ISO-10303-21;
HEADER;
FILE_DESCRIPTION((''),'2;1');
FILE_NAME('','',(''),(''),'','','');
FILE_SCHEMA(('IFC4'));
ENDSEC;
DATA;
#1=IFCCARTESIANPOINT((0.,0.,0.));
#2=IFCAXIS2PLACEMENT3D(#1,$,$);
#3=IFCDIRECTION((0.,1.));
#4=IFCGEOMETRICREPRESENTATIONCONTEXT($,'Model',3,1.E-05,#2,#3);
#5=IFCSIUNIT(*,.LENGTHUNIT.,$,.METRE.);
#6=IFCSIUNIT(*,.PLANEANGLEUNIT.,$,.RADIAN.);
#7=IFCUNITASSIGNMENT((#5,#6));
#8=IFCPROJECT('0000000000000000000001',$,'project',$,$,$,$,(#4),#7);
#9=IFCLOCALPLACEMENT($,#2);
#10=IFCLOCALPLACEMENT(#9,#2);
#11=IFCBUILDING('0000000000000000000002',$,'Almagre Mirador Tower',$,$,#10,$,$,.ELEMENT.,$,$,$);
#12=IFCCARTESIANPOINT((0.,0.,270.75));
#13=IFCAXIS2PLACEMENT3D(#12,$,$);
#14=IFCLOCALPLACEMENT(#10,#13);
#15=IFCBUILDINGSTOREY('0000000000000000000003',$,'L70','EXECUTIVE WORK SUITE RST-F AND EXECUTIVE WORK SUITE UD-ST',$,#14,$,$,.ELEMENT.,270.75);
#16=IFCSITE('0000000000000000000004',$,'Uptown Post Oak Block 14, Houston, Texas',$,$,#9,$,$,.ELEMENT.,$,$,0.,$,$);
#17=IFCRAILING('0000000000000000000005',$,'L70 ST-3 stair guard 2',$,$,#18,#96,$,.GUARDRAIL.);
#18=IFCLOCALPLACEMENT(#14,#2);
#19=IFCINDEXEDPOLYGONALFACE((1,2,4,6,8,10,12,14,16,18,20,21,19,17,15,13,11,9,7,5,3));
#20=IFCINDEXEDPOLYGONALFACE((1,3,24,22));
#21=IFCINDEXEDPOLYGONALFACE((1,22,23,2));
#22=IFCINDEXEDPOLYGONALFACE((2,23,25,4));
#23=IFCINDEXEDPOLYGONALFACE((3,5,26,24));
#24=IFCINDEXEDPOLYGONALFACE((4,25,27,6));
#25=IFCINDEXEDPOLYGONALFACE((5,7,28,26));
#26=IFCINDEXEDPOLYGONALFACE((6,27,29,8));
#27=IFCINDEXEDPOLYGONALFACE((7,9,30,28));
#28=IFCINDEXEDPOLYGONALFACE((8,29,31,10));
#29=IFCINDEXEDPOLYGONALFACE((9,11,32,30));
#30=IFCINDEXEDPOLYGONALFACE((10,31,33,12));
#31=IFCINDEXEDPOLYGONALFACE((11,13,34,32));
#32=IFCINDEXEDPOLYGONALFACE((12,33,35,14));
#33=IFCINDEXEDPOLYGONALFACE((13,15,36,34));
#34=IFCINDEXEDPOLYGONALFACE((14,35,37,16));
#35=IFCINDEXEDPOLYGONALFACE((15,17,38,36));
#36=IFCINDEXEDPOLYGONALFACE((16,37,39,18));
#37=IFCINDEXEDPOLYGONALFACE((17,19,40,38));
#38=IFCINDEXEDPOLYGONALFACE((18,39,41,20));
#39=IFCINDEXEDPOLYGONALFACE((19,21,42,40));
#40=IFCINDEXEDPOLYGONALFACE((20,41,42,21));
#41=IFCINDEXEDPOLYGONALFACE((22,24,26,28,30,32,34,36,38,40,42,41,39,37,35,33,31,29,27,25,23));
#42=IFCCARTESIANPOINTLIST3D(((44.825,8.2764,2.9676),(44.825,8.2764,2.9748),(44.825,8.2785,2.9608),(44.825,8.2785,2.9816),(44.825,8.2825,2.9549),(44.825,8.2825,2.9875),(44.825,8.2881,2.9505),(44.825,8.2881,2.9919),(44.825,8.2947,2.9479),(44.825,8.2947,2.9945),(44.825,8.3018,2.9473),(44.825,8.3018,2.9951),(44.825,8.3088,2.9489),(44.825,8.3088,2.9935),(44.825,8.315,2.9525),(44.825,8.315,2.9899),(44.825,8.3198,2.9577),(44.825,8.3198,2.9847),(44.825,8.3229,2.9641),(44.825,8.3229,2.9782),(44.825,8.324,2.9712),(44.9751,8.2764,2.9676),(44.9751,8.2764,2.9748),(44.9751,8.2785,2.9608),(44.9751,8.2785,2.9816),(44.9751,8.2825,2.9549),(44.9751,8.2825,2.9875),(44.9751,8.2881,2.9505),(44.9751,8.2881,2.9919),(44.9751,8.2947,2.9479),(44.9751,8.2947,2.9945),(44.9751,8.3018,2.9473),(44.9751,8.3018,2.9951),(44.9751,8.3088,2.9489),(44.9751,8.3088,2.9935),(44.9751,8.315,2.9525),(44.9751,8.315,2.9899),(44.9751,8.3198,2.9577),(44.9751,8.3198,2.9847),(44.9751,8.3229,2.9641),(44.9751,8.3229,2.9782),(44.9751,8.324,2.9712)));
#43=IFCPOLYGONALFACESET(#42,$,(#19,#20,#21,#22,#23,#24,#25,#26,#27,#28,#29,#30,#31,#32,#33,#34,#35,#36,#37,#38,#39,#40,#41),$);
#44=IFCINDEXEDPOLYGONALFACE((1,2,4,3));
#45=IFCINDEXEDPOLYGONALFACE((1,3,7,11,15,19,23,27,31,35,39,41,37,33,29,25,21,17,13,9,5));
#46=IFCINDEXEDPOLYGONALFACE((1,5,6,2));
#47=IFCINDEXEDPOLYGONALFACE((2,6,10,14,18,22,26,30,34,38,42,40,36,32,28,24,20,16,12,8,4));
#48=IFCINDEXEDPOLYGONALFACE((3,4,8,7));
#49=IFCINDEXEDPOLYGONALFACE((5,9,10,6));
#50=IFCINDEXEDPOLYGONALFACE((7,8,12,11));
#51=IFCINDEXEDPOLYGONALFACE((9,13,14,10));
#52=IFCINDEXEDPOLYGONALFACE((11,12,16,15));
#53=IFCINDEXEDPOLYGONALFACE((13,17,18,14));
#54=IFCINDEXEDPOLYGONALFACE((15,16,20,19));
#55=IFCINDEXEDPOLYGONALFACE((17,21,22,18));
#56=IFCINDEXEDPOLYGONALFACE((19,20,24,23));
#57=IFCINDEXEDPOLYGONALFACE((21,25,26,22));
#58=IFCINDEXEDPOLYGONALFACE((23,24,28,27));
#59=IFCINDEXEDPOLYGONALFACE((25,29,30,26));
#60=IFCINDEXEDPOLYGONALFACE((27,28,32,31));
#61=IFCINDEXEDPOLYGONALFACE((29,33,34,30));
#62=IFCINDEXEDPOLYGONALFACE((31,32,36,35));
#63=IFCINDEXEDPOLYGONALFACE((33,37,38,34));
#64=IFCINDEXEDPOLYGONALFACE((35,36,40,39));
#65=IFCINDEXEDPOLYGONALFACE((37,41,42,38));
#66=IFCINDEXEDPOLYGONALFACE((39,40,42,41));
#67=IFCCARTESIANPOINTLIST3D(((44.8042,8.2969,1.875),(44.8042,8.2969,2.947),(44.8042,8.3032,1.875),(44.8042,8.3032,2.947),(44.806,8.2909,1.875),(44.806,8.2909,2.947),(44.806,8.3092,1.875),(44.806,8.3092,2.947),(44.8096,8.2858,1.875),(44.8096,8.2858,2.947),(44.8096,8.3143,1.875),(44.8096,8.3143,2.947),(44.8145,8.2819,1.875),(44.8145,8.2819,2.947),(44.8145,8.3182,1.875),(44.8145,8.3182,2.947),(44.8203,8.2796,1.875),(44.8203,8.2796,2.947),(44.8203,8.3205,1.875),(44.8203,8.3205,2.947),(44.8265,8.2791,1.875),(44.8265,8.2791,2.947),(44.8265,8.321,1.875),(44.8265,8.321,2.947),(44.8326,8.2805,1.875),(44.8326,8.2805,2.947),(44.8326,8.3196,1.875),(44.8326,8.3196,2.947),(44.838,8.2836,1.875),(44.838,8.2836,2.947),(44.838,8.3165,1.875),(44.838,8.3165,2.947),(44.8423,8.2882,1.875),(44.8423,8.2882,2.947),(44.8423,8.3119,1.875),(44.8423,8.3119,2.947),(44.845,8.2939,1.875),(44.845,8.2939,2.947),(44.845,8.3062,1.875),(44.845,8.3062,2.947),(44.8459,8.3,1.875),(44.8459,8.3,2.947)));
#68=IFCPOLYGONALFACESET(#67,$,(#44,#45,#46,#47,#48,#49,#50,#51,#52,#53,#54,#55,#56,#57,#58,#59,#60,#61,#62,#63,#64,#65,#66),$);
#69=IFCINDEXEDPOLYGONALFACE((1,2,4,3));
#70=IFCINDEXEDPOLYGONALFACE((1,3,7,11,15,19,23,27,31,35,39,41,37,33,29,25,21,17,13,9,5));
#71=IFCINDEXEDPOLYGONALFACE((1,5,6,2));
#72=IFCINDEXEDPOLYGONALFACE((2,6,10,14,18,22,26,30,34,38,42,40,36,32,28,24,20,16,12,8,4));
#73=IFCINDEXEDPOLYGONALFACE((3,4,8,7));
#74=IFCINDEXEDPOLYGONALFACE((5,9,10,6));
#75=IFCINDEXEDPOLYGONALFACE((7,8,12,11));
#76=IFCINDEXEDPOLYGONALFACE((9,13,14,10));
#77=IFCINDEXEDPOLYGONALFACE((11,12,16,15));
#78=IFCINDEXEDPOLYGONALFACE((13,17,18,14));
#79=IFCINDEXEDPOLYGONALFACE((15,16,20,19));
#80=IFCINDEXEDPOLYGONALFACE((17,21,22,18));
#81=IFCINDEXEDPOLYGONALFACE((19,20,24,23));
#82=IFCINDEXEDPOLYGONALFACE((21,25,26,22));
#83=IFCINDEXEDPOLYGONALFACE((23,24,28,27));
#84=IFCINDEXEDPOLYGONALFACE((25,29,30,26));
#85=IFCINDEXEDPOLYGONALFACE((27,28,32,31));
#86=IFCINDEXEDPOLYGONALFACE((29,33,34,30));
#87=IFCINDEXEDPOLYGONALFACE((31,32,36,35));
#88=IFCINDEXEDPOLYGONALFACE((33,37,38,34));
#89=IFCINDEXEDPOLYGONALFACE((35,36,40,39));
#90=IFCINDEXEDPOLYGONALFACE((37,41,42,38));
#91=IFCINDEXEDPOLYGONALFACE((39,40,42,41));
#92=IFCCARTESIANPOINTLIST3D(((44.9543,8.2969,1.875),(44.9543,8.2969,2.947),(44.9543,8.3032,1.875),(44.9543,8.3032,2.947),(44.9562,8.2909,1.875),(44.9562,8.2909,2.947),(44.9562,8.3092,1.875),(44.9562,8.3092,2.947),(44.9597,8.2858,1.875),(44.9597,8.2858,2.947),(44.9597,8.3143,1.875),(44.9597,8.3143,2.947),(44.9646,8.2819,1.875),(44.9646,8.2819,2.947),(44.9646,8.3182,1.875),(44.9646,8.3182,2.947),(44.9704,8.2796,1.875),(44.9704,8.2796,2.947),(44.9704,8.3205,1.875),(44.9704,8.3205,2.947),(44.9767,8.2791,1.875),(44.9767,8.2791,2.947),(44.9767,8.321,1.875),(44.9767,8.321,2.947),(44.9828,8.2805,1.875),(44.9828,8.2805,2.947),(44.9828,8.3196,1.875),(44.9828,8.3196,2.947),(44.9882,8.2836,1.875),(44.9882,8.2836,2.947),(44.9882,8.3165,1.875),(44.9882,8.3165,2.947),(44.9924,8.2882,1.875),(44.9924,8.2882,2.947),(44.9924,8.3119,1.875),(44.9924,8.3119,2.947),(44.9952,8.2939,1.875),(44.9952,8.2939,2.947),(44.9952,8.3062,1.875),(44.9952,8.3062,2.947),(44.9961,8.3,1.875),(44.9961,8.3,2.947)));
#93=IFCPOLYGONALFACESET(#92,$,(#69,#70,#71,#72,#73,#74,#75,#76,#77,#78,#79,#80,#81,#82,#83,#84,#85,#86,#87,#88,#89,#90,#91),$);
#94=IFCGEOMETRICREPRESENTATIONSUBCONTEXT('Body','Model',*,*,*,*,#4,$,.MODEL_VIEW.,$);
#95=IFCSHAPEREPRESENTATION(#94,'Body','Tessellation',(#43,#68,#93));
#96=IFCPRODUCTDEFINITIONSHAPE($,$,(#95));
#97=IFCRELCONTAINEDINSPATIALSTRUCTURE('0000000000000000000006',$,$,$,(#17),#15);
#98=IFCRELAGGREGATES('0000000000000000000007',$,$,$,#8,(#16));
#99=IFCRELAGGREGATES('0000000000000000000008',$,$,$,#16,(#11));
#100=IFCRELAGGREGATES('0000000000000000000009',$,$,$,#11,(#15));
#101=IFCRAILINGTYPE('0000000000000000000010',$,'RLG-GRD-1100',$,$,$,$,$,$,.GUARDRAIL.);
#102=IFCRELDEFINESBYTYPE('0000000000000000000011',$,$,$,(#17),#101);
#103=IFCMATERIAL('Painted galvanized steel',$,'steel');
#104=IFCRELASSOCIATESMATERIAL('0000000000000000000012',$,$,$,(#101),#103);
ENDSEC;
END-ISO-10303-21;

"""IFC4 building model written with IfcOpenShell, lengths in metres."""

from ifc_helpers import new_model, si_unit, direction, frame, origin, origin_2d, place, context, subcontext, project, spatial, circle, extrude, material, type_object, element, save


model = new_model("IFC4")

# Units and contexts
model_context = context("Model", 3, precision=1e-05, world=origin(), true_north=direction((0.0, 1.0)))
body_context = subcontext(model_context, "Body", "Model", "MODEL_VIEW")
ifc_project = project(units=[si_unit("LENGTHUNIT", "METRE"), si_unit("PLANEANGLEUNIT", "RADIAN")], contexts=[model_context])

# Site, building, storey
site_placement = place(None, origin())
site = spatial("IfcSite", under=ifc_project, at=site_placement, Name="Uptown Post Oak Block 14, Houston, Texas", CompositionType="ELEMENT", RefElevation=0.0)
building_placement = place(site_placement, origin())
building = spatial("IfcBuilding", under=site, at=building_placement, Name="Almagre Mirador Tower", CompositionType="ELEMENT")
storey_placement = place(building_placement, frame((0.0, 0.0, 270.75)))
storey = spatial("IfcBuildingStorey", under=building, at=storey_placement, Name="L70", Description="EXECUTIVE WORK SUITE RST-F AND EXECUTIVE WORK SUITE UD-ST", CompositionType="ELEMENT", Elevation=270.75)

# Railing
ifc_material_1 = material(Name="Painted galvanized steel", Category="steel")
railing_type_1 = type_object("IfcRailingType", Name="RLG-GRD-1100", PredefinedType="GUARDRAIL", material=ifc_material_1)
railing_1_placement = place(storey_placement, frame((44.825, 8.3, 1.875)))
element("IfcRailing", 1, at=railing_1_placement, inside=storey, type_object=railing_type_1, Name="L70 ST-3 stair guard 2", PredefinedType="GUARDRAIL", context=body_context, shape_type="SweptSolid", body=[
    extrude(circle(Radius=0.0239, at=origin_2d()), frame((0.0, 0.0, 1.0962), z_axis=(1.0, 0.0, 0.0), x_axis=(0.0, 1.0, 0.0)), (0.0, 0.0, 1.0), 0.1501),
    extrude(circle(Radius=0.021, at=origin_2d()), origin(), (0.0, 0.0, 1.0), 1.072),
    extrude(circle(Radius=0.021, at=origin_2d()), frame((0.1501, 0.0, 0.0)), (0.0, 0.0, 1.0), 1.072),
])

save(model, "model.ifc")
